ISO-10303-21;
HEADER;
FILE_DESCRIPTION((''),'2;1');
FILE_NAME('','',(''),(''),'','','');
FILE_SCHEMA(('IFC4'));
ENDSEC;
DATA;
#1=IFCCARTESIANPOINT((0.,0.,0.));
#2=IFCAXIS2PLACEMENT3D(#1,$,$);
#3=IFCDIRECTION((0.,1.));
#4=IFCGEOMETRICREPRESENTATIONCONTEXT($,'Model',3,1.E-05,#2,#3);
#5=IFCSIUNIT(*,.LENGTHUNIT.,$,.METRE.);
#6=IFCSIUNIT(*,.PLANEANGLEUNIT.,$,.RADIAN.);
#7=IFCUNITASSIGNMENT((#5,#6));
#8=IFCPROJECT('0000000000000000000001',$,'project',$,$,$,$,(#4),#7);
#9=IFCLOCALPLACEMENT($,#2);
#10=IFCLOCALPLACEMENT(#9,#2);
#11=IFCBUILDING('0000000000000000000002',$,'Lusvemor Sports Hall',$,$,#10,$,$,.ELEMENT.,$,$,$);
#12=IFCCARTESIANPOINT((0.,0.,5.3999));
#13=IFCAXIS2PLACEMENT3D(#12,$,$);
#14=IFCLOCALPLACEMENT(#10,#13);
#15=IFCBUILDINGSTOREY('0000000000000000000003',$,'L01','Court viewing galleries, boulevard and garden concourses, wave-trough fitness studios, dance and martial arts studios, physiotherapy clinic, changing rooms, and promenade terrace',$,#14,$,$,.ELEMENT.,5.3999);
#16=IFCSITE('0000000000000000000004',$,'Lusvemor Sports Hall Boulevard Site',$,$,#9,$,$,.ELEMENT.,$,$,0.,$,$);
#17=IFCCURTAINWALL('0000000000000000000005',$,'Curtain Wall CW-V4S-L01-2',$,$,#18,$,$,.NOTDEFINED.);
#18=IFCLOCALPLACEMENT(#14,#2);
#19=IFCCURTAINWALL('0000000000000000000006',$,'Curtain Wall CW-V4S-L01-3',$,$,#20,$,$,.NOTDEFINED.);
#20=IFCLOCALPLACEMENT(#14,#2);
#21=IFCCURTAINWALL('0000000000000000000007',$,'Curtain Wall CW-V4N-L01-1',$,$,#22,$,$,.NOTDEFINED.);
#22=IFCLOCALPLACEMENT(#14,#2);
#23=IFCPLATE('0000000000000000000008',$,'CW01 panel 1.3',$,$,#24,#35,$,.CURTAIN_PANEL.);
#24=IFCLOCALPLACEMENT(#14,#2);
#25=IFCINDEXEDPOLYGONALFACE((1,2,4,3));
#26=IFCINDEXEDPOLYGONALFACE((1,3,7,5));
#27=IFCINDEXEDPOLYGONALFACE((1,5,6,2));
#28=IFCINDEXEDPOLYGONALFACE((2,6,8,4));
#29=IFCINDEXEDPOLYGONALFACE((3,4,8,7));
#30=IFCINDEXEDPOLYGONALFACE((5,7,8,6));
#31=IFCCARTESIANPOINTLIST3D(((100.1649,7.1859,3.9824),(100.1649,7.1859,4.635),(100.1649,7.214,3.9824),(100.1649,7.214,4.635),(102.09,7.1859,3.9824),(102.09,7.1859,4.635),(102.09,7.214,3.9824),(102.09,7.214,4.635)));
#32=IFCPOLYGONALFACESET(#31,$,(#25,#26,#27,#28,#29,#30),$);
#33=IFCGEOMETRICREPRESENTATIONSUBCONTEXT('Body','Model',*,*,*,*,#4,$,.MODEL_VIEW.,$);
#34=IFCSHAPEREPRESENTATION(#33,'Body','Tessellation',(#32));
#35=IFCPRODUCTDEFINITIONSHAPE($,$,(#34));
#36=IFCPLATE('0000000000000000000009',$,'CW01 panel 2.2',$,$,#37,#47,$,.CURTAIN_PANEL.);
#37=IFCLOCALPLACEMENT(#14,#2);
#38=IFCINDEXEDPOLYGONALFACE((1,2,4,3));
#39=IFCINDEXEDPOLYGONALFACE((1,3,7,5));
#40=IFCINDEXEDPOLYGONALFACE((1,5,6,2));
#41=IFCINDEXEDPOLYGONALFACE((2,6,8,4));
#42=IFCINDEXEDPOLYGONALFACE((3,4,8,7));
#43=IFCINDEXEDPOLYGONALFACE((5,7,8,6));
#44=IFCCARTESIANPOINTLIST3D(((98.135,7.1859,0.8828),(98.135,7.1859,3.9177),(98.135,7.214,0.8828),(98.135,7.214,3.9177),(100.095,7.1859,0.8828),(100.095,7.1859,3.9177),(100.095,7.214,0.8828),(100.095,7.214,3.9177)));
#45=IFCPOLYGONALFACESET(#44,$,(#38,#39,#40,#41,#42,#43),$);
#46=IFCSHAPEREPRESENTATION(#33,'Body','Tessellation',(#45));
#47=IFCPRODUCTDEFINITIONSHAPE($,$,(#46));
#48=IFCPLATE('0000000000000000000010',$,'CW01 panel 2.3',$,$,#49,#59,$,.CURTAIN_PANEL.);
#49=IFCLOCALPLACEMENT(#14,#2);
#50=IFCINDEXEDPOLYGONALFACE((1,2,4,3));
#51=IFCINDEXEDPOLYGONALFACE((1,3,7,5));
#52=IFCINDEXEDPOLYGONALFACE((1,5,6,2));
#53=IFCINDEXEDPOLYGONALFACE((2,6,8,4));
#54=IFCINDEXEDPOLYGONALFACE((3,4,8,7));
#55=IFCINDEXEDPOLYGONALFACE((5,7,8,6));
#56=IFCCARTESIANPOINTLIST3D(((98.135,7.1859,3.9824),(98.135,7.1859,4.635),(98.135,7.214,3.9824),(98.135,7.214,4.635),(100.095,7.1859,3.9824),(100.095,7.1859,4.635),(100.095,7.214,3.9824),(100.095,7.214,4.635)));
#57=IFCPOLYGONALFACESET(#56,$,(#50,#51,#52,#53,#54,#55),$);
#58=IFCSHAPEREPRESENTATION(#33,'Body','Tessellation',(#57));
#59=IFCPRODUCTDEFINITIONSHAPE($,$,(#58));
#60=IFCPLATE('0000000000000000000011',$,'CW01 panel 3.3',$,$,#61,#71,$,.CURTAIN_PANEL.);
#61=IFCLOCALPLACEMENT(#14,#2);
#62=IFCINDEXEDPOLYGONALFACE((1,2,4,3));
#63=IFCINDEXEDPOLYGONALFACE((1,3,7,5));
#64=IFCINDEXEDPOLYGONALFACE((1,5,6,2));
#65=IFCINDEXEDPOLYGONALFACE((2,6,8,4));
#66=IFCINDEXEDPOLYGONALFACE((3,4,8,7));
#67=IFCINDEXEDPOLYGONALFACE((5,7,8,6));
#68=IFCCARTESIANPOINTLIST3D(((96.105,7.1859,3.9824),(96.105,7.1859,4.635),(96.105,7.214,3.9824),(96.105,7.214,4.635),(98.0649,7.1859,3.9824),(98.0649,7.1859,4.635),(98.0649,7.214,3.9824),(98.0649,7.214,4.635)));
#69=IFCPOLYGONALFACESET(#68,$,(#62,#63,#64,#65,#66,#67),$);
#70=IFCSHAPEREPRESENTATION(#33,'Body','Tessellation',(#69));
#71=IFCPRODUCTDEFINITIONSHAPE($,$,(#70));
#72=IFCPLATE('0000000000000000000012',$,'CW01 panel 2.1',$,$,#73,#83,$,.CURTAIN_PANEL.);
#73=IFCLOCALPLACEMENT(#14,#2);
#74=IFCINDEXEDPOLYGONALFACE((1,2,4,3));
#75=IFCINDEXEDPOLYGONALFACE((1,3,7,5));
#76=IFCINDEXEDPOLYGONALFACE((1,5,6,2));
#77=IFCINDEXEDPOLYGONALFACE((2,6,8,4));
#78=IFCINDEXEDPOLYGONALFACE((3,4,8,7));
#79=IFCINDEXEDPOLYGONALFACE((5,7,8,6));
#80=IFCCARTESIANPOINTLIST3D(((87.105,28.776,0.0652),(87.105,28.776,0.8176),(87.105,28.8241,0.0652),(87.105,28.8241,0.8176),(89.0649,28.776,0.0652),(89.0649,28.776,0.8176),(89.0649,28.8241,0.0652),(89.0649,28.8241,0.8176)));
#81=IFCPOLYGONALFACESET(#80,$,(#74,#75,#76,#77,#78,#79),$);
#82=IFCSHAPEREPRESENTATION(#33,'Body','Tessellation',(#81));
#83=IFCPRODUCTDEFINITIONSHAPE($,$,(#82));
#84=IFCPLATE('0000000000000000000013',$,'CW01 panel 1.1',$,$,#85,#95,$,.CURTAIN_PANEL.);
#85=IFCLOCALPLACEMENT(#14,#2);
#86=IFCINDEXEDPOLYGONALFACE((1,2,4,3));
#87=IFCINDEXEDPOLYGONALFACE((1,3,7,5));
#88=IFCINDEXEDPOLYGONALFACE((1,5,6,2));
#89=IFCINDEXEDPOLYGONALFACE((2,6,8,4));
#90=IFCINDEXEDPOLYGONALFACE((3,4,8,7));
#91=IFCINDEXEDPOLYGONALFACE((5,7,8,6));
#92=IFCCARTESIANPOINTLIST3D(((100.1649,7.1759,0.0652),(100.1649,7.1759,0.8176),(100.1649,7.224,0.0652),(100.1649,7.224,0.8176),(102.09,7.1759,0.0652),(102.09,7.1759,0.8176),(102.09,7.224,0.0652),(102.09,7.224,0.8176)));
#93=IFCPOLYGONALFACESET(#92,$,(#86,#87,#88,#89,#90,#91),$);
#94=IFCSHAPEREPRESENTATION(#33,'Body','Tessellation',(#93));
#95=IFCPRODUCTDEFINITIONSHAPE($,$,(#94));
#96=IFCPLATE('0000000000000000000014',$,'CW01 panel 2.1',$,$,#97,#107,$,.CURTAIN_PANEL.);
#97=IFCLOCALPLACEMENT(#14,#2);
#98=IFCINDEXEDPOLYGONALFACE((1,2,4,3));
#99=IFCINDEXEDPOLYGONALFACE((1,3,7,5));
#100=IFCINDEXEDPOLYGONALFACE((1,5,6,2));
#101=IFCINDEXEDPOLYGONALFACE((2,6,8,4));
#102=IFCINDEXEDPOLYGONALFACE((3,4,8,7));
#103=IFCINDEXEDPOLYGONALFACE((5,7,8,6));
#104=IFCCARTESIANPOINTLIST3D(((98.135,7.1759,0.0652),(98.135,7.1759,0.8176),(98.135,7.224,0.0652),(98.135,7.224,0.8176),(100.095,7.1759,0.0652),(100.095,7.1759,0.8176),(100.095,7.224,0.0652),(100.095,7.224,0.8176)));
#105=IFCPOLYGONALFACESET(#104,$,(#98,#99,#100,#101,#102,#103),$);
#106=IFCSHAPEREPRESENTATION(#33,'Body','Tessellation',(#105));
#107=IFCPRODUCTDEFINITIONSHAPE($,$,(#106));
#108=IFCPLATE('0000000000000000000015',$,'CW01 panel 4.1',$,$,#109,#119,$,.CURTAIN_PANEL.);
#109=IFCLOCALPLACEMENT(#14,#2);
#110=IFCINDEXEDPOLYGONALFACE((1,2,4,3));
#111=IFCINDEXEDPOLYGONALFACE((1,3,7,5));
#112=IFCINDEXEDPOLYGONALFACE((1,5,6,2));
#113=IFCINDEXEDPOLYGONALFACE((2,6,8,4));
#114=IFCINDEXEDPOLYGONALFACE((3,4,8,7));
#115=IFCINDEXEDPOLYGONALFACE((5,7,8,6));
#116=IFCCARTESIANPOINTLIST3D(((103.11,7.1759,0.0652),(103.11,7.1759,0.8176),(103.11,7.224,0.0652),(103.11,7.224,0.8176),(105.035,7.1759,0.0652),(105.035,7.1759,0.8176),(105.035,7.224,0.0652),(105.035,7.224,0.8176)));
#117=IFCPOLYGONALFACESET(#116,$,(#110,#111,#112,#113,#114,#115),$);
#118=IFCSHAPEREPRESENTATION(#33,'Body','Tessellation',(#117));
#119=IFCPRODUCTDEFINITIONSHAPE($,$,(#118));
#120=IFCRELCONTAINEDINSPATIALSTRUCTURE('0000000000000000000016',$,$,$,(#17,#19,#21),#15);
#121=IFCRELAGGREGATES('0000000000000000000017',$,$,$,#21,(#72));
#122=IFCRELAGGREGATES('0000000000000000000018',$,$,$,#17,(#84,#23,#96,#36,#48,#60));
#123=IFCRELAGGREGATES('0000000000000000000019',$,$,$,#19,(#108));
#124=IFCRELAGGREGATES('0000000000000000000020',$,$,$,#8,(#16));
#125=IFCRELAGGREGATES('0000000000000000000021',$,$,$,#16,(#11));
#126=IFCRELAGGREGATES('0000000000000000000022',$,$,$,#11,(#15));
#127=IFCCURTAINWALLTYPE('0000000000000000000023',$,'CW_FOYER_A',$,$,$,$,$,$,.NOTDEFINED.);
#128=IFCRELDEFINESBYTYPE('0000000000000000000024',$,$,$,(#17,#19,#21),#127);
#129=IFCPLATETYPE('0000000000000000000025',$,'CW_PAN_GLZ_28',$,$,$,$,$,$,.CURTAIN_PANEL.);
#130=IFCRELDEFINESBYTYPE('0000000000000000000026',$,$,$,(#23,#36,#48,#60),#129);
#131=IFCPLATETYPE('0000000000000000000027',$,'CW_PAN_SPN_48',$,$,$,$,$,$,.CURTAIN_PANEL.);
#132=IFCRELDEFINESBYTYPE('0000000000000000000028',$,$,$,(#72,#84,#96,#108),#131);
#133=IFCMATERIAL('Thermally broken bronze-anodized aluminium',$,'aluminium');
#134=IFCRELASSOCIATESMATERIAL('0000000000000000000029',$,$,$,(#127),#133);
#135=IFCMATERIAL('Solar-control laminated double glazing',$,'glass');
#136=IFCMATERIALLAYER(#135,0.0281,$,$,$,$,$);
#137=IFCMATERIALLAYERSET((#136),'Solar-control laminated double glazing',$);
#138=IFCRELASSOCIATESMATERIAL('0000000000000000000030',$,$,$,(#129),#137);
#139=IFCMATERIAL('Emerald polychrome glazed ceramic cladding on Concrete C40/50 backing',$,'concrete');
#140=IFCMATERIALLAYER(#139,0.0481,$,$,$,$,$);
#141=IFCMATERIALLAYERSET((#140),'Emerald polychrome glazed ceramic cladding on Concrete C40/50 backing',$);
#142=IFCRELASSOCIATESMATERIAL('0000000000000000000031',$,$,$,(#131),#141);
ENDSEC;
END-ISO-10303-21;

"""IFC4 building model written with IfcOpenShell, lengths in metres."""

from ifc_helpers import new_model, si_unit, direction, frame, origin, origin_2d, place, context, subcontext, project, spatial, rectangle, extrude, material, layer, layer_set, type_object, element, aggregate, save


model = new_model("IFC4")

# Units and contexts
model_context = context("Model", 3, precision=1e-05, world=origin(), true_north=direction((0.0, 1.0)))
body_context = subcontext(model_context, "Body", "Model", "MODEL_VIEW")
ifc_project = project(units=[si_unit("LENGTHUNIT", "METRE"), si_unit("PLANEANGLEUNIT", "RADIAN")], contexts=[model_context])

# Site, building, storey
site_placement = place(None, origin())
site = spatial("IfcSite", under=ifc_project, at=site_placement, Name="Lusvemor Sports Hall Boulevard Site", CompositionType="ELEMENT", RefElevation=0.0)
building_placement = place(site_placement, origin())
building = spatial("IfcBuilding", under=site, at=building_placement, Name="Lusvemor Sports Hall", CompositionType="ELEMENT")
storey_placement = place(building_placement, frame((0.0, 0.0, 5.3999)))
storey = spatial("IfcBuildingStorey", under=building, at=storey_placement, Name="L01", Description="Court viewing galleries, boulevard and garden concourses, wave-trough fitness studios, dance and martial arts studios, physiotherapy clinic, changing rooms, and promenade terrace", CompositionType="ELEMENT", Elevation=5.3999)

# Curtain wall
ifc_material_1 = material(Name="Thermally broken bronze-anodized aluminium", Category="aluminium")
curtain_wall_type = type_object("IfcCurtainWallType", Name="CW_FOYER_A", PredefinedType="NOTDEFINED", material=ifc_material_1)
curtain_wall_1_placement = place(storey_placement, origin())
curtain_wall_1 = element("IfcCurtainWall", 1, at=curtain_wall_1_placement, inside=storey, type_object=curtain_wall_type, Name="Curtain Wall CW-V4S-L01-2", PredefinedType="NOTDEFINED")

# Curtain wall
curtain_wall_2_placement = place(storey_placement, origin())
curtain_wall_2 = element("IfcCurtainWall", 2, at=curtain_wall_2_placement, inside=storey, type_object=curtain_wall_type, Name="Curtain Wall CW-V4S-L01-3", PredefinedType="NOTDEFINED")

# Curtain wall
curtain_wall_3_placement = place(storey_placement, origin())
curtain_wall_3 = element("IfcCurtainWall", 3, at=curtain_wall_3_placement, inside=storey, type_object=curtain_wall_type, Name="Curtain Wall CW-V4N-L01-1", PredefinedType="NOTDEFINED")
ifc_material_2 = material(Name="Solar-control laminated double glazing", Category="glass")
ifc_layer_1 = layer(ifc_material_2, 0.0281)
ifc_layer_set_1 = layer_set([ifc_layer_1], Name="Solar-control laminated double glazing")
plate_type_1 = type_object("IfcPlateType", Name="CW_PAN_GLZ_28", PredefinedType="CURTAIN_PANEL", material=ifc_layer_set_1)

# Plates
plate_1_placement = place(storey_placement, frame((101.1274, 7.2, 3.9824), z_axis=(0.0, 0.0, 1.0), x_axis=(-1.0, 0.0, 0.0)))
plate_1 = element("IfcPlate", 4, at=plate_1_placement, type_object=plate_type_1, Name="CW01 panel 1.3", PredefinedType="CURTAIN_PANEL", context=body_context, shape_type="SweptSolid", body=[
    extrude(rectangle(XDim=1.925, YDim=0.0281, at=origin_2d()), origin(), (0.0, 0.0, 1.0), 0.6526),
])
plate_2_placement = place(storey_placement, frame((99.115, 7.2, 0.8828), z_axis=(0.0, 0.0, 1.0), x_axis=(-1.0, 0.0, 0.0)))
plate_2 = element("IfcPlate", 5, at=plate_2_placement, type_object=plate_type_1, Name="CW01 panel 2.2", PredefinedType="CURTAIN_PANEL", context=body_context, shape_type="SweptSolid", body=[
    extrude(rectangle(XDim=1.96, YDim=0.0281, at=origin_2d()), origin(), (0.0, 0.0, 1.0), 3.0349),
])
plate_3_placement = place(storey_placement, frame((99.115, 7.2, 3.9824), z_axis=(0.0, 0.0, 1.0), x_axis=(-1.0, 0.0, 0.0)))
plate_3 = element("IfcPlate", 6, at=plate_3_placement, type_object=plate_type_1, Name="CW01 panel 2.3", PredefinedType="CURTAIN_PANEL", context=body_context, shape_type="SweptSolid", body=[
    extrude(rectangle(XDim=1.96, YDim=0.0281, at=origin_2d()), origin(), (0.0, 0.0, 1.0), 0.6526),
])
plate_4_placement = place(storey_placement, frame((97.085, 7.2, 3.9824), z_axis=(0.0, 0.0, 1.0), x_axis=(-1.0, 0.0, 0.0)))
plate_4 = element("IfcPlate", 7, at=plate_4_placement, type_object=plate_type_1, Name="CW01 panel 3.3", PredefinedType="CURTAIN_PANEL", context=body_context, shape_type="SweptSolid", body=[
    extrude(rectangle(XDim=1.96, YDim=0.0281, at=origin_2d()), origin(), (0.0, 0.0, 1.0), 0.6526),
])
ifc_material_3 = material(Name="Emerald polychrome glazed ceramic cladding on Concrete C40/50 backing", Category="concrete")
ifc_layer_2 = layer(ifc_material_3, 0.0481)
ifc_layer_set_2 = layer_set([ifc_layer_2], Name="Emerald polychrome glazed ceramic cladding on Concrete C40/50 backing")
plate_type_2 = type_object("IfcPlateType", Name="CW_PAN_SPN_48", PredefinedType="CURTAIN_PANEL", material=ifc_layer_set_2)
plate_5_placement = place(storey_placement, frame((88.085, 28.8, 0.0652), z_axis=(0.0, 0.0, 1.0), x_axis=(1.0, 0.0, 0.0)))
plate_5 = element("IfcPlate", 8, at=plate_5_placement, type_object=plate_type_2, Name="CW01 panel 2.1", PredefinedType="CURTAIN_PANEL", context=body_context, shape_type="SweptSolid", body=[
    extrude(rectangle(XDim=1.96, YDim=0.0481, at=origin_2d()), origin(), (0.0, 0.0, 1.0), 0.7524),
])
aggregate(curtain_wall_3, [plate_5])
plate_6_placement = place(storey_placement, frame((101.1274, 7.2, 0.0652), z_axis=(0.0, 0.0, 1.0), x_axis=(-1.0, 0.0, 0.0)))
plate_6 = element("IfcPlate", 9, at=plate_6_placement, type_object=plate_type_2, Name="CW01 panel 1.1", PredefinedType="CURTAIN_PANEL", context=body_context, shape_type="SweptSolid", body=[
    extrude(rectangle(XDim=1.925, YDim=0.0481, at=origin_2d()), origin(), (0.0, 0.0, 1.0), 0.7524),
])
plate_7_placement = place(storey_placement, frame((99.115, 7.2, 0.0652), z_axis=(0.0, 0.0, 1.0), x_axis=(-1.0, 0.0, 0.0)))
plate_7 = element("IfcPlate", 10, at=plate_7_placement, type_object=plate_type_2, Name="CW01 panel 2.1", PredefinedType="CURTAIN_PANEL", context=body_context, shape_type="SweptSolid", body=[
    extrude(rectangle(XDim=1.96, YDim=0.0481, at=origin_2d()), origin(), (0.0, 0.0, 1.0), 0.7524),
])
aggregate(curtain_wall_1, [plate_6, plate_1, plate_7, plate_2, plate_3, plate_4])
plate_8_placement = place(storey_placement, frame((104.0725, 7.2, 0.0652), z_axis=(0.0, 0.0, 1.0), x_axis=(-1.0, 0.0, 0.0)))
plate_8 = element("IfcPlate", 11, at=plate_8_placement, type_object=plate_type_2, Name="CW01 panel 4.1", PredefinedType="CURTAIN_PANEL", context=body_context, shape_type="SweptSolid", body=[
    extrude(rectangle(XDim=1.925, YDim=0.0481, at=origin_2d()), origin(), (0.0, 0.0, 1.0), 0.7524),
])
aggregate(curtain_wall_2, [plate_8])

save(model, "model.ifc")
